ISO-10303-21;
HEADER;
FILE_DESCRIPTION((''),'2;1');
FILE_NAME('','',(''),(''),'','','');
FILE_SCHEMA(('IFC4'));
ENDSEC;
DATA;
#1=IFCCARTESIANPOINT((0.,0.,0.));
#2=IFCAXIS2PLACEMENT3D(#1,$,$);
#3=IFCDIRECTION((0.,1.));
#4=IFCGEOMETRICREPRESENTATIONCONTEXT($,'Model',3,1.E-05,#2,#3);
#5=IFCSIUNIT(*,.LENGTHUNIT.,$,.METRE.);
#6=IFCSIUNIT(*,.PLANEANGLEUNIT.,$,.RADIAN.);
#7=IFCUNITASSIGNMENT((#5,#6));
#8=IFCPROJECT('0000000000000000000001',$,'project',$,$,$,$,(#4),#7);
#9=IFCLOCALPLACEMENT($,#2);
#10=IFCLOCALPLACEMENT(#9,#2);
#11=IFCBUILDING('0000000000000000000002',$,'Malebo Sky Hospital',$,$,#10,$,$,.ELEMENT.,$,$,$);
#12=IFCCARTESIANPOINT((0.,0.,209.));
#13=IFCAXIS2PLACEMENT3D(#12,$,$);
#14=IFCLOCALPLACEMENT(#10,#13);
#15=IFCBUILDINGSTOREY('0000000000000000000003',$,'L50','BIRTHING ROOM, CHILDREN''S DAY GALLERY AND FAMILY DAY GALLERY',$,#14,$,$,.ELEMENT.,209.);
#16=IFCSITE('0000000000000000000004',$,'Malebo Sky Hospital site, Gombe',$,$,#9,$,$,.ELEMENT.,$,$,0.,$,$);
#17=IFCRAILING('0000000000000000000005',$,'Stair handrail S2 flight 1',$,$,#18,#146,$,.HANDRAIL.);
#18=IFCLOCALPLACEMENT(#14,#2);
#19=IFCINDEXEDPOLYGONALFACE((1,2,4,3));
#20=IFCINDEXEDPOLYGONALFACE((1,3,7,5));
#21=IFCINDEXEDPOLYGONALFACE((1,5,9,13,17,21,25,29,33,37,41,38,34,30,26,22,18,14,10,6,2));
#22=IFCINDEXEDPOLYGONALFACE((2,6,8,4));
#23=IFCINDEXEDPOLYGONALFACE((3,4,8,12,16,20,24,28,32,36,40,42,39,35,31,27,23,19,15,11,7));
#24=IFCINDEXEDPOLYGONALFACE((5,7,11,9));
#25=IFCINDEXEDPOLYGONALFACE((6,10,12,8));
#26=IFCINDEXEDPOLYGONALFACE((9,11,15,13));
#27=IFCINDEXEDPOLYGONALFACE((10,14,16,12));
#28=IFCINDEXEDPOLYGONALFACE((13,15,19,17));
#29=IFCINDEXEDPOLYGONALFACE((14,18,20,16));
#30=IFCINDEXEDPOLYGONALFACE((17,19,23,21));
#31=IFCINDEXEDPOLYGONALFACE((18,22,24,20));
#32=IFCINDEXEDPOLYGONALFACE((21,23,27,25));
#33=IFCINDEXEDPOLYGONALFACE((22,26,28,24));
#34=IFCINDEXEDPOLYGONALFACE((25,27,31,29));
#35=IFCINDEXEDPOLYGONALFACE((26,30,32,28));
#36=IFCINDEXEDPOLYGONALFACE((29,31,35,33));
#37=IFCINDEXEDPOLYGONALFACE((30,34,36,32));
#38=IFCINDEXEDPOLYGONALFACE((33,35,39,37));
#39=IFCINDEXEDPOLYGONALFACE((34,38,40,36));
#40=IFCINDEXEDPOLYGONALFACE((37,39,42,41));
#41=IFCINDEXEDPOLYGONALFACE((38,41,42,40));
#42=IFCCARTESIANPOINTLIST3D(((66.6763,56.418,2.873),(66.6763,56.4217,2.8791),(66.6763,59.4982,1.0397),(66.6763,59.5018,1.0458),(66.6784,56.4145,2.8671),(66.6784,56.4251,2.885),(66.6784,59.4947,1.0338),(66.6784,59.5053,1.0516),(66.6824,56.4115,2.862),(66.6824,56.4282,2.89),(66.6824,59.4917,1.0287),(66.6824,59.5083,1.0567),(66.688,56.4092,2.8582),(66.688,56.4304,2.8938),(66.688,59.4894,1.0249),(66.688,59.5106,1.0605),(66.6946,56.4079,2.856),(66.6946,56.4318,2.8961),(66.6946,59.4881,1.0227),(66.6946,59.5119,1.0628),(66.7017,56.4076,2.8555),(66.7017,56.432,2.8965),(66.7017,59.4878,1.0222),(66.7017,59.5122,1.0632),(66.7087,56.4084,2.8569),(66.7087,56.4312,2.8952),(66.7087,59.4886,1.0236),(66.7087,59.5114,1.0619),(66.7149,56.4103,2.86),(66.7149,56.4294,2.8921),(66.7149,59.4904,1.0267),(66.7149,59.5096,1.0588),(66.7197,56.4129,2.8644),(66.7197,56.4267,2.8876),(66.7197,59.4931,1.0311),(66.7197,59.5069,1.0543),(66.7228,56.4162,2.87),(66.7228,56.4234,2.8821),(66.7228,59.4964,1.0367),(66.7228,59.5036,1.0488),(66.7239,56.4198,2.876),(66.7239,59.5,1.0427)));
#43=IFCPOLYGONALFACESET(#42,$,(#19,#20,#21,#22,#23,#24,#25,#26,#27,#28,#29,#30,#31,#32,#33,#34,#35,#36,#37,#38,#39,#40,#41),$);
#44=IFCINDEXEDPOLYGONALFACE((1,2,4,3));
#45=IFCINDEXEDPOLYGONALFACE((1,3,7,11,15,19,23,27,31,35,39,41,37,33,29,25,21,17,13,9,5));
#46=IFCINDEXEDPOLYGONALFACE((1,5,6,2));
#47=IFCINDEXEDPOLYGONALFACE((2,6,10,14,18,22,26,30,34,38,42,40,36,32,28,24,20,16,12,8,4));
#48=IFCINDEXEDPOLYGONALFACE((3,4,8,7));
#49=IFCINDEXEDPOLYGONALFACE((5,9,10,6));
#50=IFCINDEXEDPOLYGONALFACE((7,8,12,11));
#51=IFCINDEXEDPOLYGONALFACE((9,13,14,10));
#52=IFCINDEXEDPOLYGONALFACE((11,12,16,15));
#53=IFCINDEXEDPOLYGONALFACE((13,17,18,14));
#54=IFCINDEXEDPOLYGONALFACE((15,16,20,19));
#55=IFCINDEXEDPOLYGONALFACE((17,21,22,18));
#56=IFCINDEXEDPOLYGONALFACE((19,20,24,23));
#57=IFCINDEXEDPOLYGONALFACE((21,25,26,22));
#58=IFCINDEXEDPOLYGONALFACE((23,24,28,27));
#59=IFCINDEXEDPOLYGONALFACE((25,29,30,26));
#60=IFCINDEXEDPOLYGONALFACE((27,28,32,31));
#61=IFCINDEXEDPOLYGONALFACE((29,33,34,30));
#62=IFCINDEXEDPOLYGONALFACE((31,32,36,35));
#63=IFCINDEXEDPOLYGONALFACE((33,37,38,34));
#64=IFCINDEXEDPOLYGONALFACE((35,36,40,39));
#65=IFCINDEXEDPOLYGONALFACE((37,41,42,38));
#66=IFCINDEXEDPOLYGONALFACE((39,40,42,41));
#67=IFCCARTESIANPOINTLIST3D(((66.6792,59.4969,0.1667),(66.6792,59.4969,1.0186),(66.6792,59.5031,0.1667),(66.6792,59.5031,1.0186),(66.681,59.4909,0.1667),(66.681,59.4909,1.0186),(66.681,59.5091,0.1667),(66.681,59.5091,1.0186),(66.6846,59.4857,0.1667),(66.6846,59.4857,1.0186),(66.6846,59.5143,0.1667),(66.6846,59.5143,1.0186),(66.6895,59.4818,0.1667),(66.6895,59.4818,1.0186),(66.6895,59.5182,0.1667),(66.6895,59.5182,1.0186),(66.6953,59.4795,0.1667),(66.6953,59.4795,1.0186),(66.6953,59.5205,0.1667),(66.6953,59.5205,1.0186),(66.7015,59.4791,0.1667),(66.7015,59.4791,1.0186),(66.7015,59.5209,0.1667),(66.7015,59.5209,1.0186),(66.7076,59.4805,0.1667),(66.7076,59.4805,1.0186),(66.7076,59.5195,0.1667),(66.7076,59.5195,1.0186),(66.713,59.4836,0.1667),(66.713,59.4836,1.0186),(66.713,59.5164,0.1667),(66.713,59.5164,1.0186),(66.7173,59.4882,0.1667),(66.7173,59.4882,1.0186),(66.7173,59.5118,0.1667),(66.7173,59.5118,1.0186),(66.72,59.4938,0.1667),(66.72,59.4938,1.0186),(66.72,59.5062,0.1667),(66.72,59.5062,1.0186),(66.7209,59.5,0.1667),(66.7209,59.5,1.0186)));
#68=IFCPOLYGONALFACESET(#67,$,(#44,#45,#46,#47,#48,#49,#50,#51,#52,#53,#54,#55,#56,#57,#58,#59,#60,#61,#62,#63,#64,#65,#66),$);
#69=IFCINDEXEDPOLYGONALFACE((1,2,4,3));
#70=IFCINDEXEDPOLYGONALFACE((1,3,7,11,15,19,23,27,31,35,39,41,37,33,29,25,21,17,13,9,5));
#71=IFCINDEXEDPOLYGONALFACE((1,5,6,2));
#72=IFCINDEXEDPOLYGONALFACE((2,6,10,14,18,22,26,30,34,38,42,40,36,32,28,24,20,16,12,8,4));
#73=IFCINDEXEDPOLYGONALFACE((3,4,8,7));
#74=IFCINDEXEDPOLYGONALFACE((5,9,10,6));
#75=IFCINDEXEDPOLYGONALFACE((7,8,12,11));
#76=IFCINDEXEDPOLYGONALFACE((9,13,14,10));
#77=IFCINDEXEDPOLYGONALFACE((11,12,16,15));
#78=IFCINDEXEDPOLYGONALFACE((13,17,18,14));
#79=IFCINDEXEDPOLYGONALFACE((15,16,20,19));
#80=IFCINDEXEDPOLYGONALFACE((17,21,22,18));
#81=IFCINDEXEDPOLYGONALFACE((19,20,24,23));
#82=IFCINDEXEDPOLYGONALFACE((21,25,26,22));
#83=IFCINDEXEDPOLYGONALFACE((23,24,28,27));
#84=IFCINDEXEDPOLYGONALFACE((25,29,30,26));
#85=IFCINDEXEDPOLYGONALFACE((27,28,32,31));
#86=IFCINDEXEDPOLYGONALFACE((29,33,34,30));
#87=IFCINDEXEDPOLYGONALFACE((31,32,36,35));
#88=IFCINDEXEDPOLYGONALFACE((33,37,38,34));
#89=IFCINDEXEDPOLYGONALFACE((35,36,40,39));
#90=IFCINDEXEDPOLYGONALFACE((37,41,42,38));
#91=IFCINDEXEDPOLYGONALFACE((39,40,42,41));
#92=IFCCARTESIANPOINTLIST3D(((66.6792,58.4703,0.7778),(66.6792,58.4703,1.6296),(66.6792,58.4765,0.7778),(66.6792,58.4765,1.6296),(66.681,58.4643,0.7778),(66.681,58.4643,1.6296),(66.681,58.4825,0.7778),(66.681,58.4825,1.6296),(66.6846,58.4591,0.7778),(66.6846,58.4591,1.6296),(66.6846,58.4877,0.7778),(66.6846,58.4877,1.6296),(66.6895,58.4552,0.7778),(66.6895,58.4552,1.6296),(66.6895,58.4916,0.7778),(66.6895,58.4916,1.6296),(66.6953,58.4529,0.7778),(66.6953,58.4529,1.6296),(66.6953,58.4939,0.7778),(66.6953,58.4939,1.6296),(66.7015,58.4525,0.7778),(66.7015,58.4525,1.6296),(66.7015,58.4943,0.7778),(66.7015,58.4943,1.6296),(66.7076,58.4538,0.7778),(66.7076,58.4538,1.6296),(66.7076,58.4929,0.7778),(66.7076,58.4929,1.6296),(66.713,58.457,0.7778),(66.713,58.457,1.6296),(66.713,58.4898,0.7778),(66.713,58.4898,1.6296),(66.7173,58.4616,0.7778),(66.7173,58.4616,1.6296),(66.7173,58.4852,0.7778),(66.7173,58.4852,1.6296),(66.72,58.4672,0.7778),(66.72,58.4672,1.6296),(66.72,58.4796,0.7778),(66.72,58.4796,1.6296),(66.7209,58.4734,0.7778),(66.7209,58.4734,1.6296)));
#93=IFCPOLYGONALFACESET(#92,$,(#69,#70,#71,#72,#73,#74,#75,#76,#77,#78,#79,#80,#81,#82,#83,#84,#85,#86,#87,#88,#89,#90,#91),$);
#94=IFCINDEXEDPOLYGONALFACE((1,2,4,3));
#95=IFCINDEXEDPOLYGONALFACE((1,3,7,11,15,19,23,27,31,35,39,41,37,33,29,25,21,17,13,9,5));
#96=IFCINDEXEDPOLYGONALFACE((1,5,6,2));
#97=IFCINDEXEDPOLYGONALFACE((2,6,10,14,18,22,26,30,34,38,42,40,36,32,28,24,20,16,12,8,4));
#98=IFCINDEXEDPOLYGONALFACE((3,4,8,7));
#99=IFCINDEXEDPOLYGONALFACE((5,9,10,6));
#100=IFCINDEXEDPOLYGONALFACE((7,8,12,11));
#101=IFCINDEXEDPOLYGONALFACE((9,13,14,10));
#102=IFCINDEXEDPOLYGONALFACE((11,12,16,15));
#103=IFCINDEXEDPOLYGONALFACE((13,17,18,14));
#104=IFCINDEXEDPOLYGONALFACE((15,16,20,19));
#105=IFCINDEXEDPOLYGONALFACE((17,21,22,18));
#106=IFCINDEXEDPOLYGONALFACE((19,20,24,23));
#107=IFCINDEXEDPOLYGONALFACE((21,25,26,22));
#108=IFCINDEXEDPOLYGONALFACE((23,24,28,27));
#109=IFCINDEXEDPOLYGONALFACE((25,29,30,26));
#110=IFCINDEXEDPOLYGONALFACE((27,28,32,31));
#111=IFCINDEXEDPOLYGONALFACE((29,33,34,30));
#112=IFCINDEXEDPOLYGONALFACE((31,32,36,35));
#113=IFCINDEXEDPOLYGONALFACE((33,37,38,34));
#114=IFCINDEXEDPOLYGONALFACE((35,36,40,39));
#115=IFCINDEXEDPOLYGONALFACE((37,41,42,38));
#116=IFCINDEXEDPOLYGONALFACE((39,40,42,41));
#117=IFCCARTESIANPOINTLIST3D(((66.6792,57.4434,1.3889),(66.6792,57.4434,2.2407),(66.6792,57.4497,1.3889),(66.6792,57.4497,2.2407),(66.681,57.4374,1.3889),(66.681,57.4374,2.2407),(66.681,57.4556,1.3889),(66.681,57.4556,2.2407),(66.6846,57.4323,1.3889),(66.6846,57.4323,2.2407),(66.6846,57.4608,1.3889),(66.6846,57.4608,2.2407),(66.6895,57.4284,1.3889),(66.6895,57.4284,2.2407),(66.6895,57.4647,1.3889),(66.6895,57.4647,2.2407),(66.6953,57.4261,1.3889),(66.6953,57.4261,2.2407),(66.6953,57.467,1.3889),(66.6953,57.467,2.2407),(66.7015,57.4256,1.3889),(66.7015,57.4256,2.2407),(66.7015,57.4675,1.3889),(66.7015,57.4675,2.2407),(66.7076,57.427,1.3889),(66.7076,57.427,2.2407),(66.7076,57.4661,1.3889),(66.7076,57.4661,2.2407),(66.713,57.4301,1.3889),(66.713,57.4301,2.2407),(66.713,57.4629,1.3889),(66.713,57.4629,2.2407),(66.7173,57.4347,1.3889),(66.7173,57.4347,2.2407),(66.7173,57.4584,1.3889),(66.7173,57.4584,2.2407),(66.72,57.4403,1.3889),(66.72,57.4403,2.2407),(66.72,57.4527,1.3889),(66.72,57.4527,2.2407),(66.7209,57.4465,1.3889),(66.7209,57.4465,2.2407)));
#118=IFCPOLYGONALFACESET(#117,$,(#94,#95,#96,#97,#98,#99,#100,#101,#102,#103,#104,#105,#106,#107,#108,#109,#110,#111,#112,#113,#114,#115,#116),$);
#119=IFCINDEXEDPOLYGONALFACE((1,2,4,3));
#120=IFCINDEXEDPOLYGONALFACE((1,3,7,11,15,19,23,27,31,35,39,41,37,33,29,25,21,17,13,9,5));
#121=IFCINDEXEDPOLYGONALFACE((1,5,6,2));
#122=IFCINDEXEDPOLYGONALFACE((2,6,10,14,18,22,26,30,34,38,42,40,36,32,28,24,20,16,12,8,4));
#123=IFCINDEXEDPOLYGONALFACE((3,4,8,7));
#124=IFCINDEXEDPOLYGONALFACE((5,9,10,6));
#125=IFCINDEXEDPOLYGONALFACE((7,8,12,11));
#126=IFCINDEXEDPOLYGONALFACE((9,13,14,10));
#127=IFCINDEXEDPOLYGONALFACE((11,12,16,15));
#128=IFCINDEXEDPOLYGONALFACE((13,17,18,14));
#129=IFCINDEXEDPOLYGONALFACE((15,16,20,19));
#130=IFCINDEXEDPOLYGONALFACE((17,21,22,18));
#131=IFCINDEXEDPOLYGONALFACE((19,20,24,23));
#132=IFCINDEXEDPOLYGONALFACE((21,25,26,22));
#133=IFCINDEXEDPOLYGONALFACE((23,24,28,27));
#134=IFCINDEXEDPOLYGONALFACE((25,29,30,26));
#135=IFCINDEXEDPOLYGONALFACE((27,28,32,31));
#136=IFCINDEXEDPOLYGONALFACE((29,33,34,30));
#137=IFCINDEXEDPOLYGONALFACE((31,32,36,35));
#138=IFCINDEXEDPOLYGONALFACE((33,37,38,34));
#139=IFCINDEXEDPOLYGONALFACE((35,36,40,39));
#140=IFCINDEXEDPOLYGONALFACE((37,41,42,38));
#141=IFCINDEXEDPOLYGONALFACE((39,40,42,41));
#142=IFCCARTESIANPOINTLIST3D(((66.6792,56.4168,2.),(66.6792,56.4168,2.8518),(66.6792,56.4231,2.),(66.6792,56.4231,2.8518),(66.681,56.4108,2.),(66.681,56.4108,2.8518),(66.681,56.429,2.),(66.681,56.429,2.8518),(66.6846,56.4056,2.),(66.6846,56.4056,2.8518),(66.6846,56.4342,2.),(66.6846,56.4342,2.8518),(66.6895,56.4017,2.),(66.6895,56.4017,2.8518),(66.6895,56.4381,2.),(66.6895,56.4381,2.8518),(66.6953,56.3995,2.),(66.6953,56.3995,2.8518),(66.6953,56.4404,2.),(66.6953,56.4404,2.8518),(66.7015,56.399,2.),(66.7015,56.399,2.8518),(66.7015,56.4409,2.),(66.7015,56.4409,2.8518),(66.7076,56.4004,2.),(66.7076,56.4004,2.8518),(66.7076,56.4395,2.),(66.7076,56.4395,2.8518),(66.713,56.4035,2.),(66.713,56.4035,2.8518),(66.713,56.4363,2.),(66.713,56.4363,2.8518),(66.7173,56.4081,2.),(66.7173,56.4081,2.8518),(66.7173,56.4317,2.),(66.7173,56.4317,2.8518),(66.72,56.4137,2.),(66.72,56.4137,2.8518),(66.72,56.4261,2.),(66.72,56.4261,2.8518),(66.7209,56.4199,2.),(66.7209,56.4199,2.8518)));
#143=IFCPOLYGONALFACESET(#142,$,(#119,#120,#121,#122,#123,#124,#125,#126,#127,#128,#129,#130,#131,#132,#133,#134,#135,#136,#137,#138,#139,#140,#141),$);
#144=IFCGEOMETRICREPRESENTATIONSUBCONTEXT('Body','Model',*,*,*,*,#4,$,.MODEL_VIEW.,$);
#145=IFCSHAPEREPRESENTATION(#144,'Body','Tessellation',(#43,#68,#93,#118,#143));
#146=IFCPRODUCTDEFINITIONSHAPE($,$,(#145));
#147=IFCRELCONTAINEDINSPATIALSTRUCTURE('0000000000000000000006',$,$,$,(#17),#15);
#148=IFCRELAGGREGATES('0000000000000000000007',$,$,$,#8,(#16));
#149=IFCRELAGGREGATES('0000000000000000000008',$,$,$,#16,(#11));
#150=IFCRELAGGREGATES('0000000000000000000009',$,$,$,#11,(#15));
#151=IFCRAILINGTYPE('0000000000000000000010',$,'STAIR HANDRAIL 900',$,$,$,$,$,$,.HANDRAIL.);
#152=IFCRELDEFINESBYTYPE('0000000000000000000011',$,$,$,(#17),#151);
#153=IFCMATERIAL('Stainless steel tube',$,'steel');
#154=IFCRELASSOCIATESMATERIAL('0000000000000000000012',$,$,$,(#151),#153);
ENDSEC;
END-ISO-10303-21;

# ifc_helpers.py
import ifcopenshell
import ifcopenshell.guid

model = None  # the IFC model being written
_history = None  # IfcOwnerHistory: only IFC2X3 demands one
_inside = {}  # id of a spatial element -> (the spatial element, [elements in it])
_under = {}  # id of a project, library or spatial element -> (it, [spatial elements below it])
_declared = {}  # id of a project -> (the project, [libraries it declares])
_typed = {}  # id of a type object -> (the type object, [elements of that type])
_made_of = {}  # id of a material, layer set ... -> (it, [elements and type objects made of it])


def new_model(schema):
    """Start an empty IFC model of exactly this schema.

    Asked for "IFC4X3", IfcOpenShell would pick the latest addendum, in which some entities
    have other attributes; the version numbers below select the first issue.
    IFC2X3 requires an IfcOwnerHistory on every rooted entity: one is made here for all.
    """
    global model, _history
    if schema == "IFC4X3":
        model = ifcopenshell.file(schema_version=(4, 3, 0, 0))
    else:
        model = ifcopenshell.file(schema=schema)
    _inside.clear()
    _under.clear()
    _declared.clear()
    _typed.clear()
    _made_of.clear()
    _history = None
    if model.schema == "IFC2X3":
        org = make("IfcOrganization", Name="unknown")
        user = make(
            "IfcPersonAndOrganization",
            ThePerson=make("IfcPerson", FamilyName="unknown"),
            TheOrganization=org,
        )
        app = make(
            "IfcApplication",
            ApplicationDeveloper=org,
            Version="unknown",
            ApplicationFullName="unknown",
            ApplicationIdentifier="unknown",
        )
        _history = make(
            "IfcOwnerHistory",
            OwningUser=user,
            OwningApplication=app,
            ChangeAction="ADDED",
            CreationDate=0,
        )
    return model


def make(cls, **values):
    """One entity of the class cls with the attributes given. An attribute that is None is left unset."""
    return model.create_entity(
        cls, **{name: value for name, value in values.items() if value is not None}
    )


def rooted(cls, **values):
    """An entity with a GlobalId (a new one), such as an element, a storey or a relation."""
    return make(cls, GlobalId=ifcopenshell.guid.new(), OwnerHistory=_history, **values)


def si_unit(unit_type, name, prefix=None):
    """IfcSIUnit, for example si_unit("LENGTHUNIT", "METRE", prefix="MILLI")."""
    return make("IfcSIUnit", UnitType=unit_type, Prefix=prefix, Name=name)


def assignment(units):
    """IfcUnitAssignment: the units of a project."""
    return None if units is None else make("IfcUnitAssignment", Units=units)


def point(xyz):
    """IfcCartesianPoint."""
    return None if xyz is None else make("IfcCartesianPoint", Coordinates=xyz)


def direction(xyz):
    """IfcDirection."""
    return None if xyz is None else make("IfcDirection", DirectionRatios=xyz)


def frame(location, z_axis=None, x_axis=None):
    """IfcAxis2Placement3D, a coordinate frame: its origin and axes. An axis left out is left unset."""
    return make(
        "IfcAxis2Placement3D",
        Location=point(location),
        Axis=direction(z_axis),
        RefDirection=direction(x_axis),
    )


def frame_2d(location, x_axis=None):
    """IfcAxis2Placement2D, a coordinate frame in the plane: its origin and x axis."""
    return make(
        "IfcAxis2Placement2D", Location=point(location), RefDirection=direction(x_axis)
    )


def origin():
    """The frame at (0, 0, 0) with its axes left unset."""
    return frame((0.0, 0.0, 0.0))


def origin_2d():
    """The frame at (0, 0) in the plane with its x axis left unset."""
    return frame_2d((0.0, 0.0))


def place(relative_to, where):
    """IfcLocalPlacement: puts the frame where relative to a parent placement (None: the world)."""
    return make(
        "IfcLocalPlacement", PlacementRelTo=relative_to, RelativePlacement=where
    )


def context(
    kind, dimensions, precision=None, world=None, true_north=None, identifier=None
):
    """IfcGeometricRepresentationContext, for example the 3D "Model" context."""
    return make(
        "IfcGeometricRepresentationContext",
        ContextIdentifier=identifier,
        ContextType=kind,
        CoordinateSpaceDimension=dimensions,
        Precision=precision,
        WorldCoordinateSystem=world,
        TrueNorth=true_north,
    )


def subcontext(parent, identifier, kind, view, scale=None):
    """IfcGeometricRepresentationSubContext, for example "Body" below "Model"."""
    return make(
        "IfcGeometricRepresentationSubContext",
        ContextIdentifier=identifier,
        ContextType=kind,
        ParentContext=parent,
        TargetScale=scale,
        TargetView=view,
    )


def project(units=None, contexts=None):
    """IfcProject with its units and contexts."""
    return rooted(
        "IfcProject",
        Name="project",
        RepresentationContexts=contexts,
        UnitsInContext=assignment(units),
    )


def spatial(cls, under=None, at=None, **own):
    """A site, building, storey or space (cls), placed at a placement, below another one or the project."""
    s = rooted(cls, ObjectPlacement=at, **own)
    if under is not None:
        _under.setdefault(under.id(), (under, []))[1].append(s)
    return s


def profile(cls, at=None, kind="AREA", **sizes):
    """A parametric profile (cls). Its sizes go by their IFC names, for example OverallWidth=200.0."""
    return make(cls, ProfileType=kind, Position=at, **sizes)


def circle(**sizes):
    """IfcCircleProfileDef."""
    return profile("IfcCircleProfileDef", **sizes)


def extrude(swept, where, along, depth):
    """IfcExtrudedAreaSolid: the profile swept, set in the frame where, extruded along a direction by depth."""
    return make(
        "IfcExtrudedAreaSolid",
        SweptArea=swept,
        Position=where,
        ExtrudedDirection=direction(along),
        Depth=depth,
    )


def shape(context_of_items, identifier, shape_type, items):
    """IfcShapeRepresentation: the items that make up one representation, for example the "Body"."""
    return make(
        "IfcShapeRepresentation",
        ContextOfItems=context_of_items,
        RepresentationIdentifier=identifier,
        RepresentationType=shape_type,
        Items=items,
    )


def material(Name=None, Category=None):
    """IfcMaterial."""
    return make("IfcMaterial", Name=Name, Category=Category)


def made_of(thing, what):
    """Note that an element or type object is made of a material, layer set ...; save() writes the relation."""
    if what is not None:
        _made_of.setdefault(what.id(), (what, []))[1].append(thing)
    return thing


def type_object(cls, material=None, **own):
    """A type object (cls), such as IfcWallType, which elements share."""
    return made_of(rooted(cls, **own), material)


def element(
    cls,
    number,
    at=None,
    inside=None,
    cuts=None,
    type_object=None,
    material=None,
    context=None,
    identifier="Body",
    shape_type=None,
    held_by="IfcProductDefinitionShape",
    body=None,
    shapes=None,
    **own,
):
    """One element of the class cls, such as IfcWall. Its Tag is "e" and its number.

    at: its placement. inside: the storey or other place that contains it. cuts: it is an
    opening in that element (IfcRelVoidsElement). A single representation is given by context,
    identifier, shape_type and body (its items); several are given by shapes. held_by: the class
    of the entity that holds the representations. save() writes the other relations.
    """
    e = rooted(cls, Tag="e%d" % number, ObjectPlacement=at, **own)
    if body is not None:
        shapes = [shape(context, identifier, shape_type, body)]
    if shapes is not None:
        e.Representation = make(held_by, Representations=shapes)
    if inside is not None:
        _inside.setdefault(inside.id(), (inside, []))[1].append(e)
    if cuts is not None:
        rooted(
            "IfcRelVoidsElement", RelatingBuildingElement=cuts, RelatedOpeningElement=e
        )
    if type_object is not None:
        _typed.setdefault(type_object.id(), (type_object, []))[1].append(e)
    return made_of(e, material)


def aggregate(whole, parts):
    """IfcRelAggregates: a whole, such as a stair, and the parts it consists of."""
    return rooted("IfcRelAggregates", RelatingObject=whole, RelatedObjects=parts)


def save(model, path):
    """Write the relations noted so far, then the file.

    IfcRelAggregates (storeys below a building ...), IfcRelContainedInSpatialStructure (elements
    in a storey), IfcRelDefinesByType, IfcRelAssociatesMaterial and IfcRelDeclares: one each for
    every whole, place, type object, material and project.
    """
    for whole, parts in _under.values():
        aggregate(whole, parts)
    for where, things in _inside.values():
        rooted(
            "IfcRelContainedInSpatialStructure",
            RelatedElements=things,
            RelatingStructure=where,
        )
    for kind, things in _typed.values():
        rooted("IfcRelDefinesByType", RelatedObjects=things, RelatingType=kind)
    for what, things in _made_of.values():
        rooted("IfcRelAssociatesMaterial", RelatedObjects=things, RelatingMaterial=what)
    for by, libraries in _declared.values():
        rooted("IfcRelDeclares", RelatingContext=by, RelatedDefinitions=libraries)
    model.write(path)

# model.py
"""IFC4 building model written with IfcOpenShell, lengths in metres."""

from ifc_helpers import new_model, si_unit, direction, frame, origin, origin_2d, place, context, subcontext, project, spatial, circle, extrude, material, type_object, element, save


model = new_model("IFC4")

# Units and contexts
model_context = context("Model", 3, precision=1e-05, world=origin(), true_north=direction((0.0, 1.0)))
body_context = subcontext(model_context, "Body", "Model", "MODEL_VIEW")
ifc_project = project(units=[si_unit("LENGTHUNIT", "METRE"), si_unit("PLANEANGLEUNIT", "RADIAN")], contexts=[model_context])

# Site, building, storey
site_placement = place(None, origin())
site = spatial("IfcSite", under=ifc_project, at=site_placement, Name="Malebo Sky Hospital site, Gombe", CompositionType="ELEMENT", RefElevation=0.0)
building_placement = place(site_placement, origin())
building = spatial("IfcBuilding", under=site, at=building_placement, Name="Malebo Sky Hospital", CompositionType="ELEMENT")
storey_placement = place(building_placement, frame((0.0, 0.0, 209.0)))
storey = spatial("IfcBuildingStorey", under=building, at=storey_placement, Name="L50", Description="BIRTHING ROOM, CHILDREN'S DAY GALLERY AND FAMILY DAY GALLERY", CompositionType="ELEMENT", Elevation=209.0)

# Railing
ifc_material_1 = material(Name="Stainless steel tube", Category="steel")
railing_type = type_object("IfcRailingType", Name="STAIR HANDRAIL 900", PredefinedType="HANDRAIL", material=ifc_material_1)
railing_1_placement = place(storey_placement, frame((66.7, 59.5, 0.1667)))
element("IfcRailing", 1, at=railing_1_placement, inside=storey, type_object=railing_type, Name="Stair handrail S2 flight 1", PredefinedType="HANDRAIL", context=body_context, shape_type="SweptSolid", body=[
    extrude(circle(Radius=0.0239, at=origin_2d()), frame((0.0, 0.0, 0.876), z_axis=(0.0, -0.859309, 0.511458), x_axis=(1.0, 0.0, 0.0)), (0.0, 0.0, 1.0), 3.5845),
    extrude(circle(Radius=0.021, at=origin_2d()), origin(), (0.0, 0.0, 1.0), 0.8518),
    extrude(circle(Radius=0.021, at=origin_2d()), frame((0.0, -1.0266, 0.6111)), (0.0, 0.0, 1.0), 0.8518),
    extrude(circle(Radius=0.021, at=origin_2d()), frame((0.0, -2.0535, 1.2222)), (0.0, 0.0, 1.0), 0.8518),
    extrude(circle(Radius=0.021, at=origin_2d()), frame((0.0, -3.0801, 1.8333)), (0.0, 0.0, 1.0), 0.8518),
])

save(model, "model.ifc")
